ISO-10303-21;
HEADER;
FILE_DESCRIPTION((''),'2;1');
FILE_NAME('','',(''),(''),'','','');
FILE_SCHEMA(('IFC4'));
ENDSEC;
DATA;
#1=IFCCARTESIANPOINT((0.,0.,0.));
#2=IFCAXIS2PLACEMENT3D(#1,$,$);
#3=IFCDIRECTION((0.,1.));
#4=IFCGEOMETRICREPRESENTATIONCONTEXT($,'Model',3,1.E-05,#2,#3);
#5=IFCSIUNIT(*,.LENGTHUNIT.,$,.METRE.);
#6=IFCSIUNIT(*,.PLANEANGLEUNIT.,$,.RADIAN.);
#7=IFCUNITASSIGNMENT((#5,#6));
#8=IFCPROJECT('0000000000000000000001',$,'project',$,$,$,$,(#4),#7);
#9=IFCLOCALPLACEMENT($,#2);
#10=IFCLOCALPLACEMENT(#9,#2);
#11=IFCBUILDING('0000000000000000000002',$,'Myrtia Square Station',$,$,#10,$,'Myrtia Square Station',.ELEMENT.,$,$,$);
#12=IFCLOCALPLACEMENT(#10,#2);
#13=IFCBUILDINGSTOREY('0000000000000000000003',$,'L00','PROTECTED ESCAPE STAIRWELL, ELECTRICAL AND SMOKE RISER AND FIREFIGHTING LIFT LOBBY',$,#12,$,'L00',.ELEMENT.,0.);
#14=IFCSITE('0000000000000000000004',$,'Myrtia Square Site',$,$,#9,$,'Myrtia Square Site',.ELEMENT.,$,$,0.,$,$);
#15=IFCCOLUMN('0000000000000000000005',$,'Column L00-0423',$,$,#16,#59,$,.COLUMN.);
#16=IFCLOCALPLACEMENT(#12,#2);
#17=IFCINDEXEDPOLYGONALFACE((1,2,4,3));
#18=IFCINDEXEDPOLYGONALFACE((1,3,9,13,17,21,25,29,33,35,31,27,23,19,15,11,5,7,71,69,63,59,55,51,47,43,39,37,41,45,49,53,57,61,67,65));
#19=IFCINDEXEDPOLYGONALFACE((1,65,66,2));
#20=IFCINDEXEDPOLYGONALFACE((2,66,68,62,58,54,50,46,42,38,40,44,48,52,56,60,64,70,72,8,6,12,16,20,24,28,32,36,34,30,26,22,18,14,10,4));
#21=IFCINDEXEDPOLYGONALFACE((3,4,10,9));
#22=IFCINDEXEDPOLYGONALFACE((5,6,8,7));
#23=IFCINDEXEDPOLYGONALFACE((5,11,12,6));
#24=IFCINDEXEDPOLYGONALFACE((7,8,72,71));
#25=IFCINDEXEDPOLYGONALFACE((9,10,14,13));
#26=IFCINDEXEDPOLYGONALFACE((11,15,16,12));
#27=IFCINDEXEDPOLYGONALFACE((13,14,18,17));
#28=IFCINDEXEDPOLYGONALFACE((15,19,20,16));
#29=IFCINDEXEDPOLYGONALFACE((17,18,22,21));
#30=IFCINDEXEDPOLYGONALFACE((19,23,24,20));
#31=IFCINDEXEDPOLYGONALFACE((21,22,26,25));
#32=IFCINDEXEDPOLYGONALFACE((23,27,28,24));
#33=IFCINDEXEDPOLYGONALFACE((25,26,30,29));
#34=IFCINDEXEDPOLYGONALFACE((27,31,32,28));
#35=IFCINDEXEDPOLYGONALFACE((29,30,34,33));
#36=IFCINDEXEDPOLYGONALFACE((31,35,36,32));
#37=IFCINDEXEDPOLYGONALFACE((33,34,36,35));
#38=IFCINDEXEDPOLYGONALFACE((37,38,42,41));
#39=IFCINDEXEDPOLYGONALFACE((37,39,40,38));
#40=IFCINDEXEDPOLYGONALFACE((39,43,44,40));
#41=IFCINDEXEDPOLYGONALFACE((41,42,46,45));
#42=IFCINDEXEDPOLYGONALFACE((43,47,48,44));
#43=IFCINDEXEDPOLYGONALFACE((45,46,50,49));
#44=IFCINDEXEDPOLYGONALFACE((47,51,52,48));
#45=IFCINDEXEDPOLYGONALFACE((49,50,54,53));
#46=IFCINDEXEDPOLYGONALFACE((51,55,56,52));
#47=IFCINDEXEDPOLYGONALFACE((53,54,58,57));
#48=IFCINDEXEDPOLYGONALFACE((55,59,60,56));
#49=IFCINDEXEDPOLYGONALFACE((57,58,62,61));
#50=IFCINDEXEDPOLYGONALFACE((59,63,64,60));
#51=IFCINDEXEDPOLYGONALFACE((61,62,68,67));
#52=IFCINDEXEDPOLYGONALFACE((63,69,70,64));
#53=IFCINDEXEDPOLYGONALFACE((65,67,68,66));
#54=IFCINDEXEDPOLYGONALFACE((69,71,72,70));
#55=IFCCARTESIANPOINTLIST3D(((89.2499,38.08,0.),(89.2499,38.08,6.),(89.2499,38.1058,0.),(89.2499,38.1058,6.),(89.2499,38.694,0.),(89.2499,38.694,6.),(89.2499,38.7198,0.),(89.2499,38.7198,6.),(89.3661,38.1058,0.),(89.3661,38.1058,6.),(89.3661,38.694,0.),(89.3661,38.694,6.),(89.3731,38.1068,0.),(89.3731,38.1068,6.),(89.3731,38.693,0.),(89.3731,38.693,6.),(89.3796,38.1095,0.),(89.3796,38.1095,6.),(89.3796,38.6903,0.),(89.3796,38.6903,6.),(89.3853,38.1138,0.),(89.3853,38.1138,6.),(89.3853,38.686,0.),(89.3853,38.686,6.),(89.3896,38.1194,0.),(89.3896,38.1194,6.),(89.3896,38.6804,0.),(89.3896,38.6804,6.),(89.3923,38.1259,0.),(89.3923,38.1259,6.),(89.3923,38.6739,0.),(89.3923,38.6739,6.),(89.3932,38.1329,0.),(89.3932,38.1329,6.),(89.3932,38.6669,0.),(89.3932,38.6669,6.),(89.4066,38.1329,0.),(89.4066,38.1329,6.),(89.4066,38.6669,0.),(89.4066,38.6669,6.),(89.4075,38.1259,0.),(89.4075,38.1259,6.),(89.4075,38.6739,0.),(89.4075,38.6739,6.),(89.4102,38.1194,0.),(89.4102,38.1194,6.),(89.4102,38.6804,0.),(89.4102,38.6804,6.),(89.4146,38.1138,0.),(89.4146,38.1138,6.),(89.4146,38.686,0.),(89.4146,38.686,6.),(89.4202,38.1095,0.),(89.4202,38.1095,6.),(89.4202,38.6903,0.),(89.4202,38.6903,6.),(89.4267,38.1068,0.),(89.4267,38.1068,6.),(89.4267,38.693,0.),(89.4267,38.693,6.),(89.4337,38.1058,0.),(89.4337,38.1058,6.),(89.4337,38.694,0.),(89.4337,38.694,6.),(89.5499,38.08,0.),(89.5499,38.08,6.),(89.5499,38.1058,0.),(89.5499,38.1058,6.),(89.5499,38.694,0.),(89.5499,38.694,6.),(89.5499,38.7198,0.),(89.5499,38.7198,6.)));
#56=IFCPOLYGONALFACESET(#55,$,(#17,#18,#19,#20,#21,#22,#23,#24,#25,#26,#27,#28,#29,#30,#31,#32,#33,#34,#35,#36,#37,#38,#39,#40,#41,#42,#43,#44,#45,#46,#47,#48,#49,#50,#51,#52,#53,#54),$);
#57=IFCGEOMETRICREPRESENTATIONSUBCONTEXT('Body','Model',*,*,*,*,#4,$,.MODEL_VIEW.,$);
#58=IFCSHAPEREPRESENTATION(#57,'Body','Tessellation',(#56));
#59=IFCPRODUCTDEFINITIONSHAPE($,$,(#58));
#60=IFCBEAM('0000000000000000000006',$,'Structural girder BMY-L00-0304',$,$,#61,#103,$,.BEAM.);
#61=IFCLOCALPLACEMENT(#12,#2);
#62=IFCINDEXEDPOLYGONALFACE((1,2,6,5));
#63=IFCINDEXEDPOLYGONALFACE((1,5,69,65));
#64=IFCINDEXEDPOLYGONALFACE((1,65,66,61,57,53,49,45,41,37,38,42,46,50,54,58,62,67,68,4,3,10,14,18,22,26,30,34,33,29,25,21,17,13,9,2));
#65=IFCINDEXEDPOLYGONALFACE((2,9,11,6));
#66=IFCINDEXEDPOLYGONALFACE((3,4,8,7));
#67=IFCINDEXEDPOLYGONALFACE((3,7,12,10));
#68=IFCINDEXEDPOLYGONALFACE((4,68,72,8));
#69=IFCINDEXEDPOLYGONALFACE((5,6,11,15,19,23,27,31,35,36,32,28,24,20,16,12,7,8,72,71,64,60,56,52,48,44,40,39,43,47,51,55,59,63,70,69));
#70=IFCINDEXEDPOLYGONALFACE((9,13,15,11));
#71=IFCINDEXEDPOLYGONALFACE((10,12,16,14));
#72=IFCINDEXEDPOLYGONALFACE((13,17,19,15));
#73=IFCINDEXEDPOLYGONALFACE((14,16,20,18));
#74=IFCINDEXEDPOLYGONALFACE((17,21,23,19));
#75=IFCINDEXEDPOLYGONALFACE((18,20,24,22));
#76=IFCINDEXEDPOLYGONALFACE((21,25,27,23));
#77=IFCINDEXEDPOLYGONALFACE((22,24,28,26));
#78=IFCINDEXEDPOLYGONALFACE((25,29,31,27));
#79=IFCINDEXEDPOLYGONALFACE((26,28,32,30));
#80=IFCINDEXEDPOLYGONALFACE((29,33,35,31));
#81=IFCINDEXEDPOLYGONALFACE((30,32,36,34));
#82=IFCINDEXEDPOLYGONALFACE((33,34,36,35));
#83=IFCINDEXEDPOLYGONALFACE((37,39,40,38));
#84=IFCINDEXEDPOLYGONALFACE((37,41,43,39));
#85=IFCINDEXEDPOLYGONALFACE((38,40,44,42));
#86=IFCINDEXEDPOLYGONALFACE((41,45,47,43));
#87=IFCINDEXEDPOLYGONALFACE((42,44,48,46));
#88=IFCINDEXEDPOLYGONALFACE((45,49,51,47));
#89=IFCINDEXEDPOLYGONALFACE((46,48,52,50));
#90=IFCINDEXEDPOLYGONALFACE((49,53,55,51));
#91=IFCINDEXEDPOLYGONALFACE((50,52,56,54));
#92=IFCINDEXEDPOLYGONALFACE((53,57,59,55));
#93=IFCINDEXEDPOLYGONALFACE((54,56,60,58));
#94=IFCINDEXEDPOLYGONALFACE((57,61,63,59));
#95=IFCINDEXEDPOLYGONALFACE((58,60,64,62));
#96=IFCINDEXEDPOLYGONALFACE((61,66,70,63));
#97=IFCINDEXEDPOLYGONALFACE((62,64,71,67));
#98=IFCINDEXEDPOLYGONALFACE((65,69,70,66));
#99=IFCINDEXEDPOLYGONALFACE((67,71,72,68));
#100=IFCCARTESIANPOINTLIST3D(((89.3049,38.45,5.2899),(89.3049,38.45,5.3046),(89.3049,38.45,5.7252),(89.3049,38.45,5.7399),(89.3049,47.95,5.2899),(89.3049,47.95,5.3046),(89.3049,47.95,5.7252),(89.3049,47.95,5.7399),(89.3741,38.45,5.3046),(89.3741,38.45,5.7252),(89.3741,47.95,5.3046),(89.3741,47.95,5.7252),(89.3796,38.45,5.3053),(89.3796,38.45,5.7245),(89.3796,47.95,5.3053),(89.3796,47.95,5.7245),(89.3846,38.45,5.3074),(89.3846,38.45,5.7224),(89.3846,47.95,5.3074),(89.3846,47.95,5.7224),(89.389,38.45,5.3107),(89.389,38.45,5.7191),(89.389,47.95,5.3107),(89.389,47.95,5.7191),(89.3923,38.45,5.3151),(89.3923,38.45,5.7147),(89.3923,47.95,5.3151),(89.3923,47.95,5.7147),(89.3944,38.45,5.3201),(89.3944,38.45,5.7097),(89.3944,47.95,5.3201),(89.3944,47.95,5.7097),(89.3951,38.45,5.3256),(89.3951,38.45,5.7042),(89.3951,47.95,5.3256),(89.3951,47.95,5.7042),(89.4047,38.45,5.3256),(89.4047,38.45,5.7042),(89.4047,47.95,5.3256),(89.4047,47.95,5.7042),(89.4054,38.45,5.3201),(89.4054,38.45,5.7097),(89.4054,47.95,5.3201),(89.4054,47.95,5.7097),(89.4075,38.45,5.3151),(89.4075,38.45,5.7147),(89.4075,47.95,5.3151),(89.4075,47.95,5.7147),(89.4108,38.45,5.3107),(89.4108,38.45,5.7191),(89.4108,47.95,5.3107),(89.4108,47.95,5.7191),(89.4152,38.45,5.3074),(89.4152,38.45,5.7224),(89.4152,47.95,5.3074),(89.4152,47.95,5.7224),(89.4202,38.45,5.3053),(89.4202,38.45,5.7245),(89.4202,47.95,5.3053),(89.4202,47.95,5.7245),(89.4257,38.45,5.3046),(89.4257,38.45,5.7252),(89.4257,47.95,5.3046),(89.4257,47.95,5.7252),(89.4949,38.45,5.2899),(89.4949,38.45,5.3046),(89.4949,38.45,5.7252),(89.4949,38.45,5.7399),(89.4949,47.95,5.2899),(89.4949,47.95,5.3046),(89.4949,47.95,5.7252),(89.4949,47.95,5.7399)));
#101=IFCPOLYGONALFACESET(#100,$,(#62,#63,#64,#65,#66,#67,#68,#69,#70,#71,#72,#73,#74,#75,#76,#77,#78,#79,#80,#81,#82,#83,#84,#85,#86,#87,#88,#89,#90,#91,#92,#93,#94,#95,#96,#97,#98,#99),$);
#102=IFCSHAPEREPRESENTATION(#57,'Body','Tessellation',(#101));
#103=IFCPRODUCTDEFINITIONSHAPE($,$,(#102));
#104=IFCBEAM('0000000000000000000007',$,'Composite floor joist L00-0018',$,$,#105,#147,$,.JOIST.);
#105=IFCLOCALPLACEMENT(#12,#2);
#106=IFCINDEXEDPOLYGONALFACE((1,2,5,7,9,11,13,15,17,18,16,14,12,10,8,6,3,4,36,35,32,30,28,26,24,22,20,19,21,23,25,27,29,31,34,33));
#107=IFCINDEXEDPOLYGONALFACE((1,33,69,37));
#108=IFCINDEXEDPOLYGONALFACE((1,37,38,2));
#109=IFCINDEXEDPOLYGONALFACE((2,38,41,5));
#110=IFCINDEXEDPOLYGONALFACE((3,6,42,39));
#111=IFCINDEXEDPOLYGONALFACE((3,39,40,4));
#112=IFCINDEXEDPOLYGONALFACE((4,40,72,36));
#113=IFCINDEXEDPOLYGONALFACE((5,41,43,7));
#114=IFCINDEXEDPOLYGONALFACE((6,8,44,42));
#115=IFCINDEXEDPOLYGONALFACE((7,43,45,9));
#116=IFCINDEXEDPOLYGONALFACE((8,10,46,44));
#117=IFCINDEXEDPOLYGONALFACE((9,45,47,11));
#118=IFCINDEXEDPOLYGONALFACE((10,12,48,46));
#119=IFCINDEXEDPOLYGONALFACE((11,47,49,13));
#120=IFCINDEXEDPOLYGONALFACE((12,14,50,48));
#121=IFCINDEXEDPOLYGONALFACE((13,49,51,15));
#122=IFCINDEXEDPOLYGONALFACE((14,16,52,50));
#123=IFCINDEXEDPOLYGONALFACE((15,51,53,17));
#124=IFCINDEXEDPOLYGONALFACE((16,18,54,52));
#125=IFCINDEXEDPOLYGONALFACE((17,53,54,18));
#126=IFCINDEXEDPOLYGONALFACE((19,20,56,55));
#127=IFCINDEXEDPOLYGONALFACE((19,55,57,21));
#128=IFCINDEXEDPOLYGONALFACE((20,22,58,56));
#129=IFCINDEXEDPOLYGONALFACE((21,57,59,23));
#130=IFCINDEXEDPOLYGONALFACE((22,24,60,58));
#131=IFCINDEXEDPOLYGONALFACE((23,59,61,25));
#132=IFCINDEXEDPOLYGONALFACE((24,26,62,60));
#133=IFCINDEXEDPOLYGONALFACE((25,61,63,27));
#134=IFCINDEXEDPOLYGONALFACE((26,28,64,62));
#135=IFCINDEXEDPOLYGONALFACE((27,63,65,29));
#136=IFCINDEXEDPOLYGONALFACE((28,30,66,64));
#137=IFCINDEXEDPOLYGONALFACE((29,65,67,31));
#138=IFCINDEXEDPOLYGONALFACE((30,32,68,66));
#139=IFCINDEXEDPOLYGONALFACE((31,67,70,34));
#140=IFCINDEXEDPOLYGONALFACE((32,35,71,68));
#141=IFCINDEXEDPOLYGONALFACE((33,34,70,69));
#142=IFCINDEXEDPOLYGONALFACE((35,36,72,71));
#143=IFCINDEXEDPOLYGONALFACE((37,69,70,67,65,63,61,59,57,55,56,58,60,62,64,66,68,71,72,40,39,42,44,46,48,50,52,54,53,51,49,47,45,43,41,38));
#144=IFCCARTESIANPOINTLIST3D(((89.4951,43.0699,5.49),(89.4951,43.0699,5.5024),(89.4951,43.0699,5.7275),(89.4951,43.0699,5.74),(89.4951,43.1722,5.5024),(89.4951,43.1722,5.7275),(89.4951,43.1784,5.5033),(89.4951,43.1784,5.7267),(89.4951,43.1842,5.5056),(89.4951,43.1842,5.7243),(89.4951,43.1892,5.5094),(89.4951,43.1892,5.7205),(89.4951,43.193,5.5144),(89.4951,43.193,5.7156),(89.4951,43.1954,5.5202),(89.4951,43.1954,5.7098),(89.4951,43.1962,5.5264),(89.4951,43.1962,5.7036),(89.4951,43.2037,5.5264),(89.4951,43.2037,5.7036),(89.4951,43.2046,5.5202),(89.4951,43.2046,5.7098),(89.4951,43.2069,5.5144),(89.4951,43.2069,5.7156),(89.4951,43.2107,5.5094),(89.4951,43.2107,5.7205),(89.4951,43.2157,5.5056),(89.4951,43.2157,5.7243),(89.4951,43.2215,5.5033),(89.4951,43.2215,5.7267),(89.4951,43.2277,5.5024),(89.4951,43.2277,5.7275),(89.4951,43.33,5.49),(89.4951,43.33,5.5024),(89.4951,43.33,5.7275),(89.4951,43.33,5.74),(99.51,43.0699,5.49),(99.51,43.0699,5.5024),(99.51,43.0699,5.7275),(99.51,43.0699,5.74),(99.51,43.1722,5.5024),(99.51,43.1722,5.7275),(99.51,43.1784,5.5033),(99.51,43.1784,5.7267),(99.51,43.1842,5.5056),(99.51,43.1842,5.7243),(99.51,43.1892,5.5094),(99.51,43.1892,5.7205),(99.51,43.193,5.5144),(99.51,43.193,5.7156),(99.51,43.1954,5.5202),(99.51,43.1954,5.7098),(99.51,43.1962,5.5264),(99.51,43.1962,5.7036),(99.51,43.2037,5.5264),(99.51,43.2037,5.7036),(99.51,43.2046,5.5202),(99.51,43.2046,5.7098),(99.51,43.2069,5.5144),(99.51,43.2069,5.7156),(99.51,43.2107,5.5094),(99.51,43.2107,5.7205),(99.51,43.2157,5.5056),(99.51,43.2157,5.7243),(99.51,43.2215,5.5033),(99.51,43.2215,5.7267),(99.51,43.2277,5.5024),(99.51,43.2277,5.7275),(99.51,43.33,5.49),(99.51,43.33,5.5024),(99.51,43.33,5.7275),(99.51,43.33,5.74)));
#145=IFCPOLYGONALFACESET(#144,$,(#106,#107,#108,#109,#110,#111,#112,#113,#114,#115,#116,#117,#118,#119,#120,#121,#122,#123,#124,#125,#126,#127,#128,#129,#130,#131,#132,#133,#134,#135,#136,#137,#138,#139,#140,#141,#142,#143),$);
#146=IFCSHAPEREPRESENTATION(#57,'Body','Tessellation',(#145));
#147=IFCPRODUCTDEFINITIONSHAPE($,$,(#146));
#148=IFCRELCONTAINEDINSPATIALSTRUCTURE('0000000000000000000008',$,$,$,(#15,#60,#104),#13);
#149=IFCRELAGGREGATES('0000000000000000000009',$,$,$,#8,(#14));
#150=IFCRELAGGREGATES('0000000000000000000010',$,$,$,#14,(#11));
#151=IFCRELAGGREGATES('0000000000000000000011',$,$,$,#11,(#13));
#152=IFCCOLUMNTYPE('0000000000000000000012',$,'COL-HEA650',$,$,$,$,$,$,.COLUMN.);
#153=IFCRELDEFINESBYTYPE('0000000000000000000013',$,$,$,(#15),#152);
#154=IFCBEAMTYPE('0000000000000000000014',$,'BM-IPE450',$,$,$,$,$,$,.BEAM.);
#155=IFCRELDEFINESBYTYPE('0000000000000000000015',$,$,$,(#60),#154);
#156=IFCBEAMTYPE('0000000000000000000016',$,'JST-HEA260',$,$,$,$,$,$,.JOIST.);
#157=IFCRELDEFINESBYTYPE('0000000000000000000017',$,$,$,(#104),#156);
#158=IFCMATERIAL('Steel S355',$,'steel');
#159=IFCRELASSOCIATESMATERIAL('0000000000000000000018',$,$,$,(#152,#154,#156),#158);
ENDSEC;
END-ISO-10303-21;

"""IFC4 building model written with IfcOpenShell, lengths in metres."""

from ifc_helpers import new_model, si_unit, direction, frame, origin, origin_2d, place, context, subcontext, project, spatial, i_section, extrude, material, material_profile, profile_set, type_object, element, save


model = new_model("IFC4")

# Units and contexts
model_context = context("Model", 3, precision=1e-05, world=origin(), true_north=direction((0.0, 1.0)))
body_context = subcontext(model_context, "Body", "Model", "MODEL_VIEW")
ifc_project = project(units=[si_unit("LENGTHUNIT", "METRE"), si_unit("PLANEANGLEUNIT", "RADIAN")], contexts=[model_context])

# Site, building, storey
site_placement = place(None, origin())
site = spatial("IfcSite", under=ifc_project, at=site_placement, Name="Myrtia Square Site", LongName="Myrtia Square Site", CompositionType="ELEMENT", RefElevation=0.0)
building_placement = place(site_placement, origin())
building = spatial("IfcBuilding", under=site, at=building_placement, Name="Myrtia Square Station", LongName="Myrtia Square Station", CompositionType="ELEMENT")
storey_placement = place(building_placement, origin())
storey = spatial("IfcBuildingStorey", under=building, at=storey_placement, Name="L00", Description="PROTECTED ESCAPE STAIRWELL, ELECTRICAL AND SMOKE RISER AND FIREFIGHTING LIFT LOBBY", LongName="L00", CompositionType="ELEMENT", Elevation=0.0)

# Column
ifc_material_1 = material(Name="Steel S355", Category="steel")
ifc_material_profile_1 = material_profile(ifc_material_1, i_section(OverallWidth=0.3, OverallDepth=0.6399, WebThickness=0.0134, FlangeThickness=0.0259, FilletRadius=0.0271, at=origin_2d()), Name="HEA 650")
ifc_profile_set_1 = profile_set([ifc_material_profile_1], Name="Steel S355")
column_type = type_object("IfcColumnType", Name="COL-HEA650", PredefinedType="COLUMN", material=ifc_profile_set_1)
column_placement = place(storey_placement, frame((89.3999, 38.3999, 0.0), z_axis=(0.0, 0.0, 1.0), x_axis=(1.0, 0.0, 0.0)))
element("IfcColumn", 1, at=column_placement, inside=storey, type_object=column_type, Name="Column L00-0423", PredefinedType="COLUMN", context=body_context, shape_type="SweptSolid", body=[
    extrude(i_section(OverallWidth=0.3, OverallDepth=0.6399, WebThickness=0.0134, FlangeThickness=0.0259, FilletRadius=0.0271, at=origin_2d()), origin(), (0.0, 0.0, 1.0), 6.0),
])

# Beams
ifc_material_profile_2 = material_profile(ifc_material_1, i_section(OverallWidth=0.1899, OverallDepth=0.45, WebThickness=0.0095, FlangeThickness=0.0146, FilletRadius=0.021, at=origin_2d()), Name="IPE 450")
ifc_profile_set_2 = profile_set([ifc_material_profile_2], Name="Steel S355")
beam_type_1 = type_object("IfcBeamType", Name="BM-IPE450", PredefinedType="BEAM", material=ifc_profile_set_2)
beam_1_placement = place(storey_placement, frame((89.3999, 38.45, 5.5149), z_axis=(0.0, 1.0, 0.0), x_axis=(-1.0, 0.0, 0.0)))
element("IfcBeam", 2, at=beam_1_placement, inside=storey, type_object=beam_type_1, Name="Structural girder BMY-L00-0304", PredefinedType="BEAM", context=body_context, shape_type="SweptSolid", body=[
    extrude(i_section(OverallWidth=0.1899, OverallDepth=0.45, WebThickness=0.0095, FlangeThickness=0.0146, FilletRadius=0.021, at=origin_2d()), origin(), (0.0, 0.0, 1.0), 9.5),
])
ifc_material_profile_3 = material_profile(ifc_material_1, i_section(OverallWidth=0.26, OverallDepth=0.25, WebThickness=0.0076, FlangeThickness=0.0125, FilletRadius=0.0239, at=origin_2d()), Name="HEA 260")
ifc_profile_set_3 = profile_set([ifc_material_profile_3], Name="Steel S355")
beam_type_2 = type_object("IfcBeamType", Name="JST-HEA260", PredefinedType="JOIST", material=ifc_profile_set_3)
beam_2_placement = place(storey_placement, frame((89.4951, 43.2, 5.615), z_axis=(1.0, 0.0, 0.0), x_axis=(0.0, 1.0, 0.0)))
element("IfcBeam", 3, at=beam_2_placement, inside=storey, type_object=beam_type_2, Name="Composite floor joist L00-0018", PredefinedType="JOIST", context=body_context, shape_type="SweptSolid", body=[
    extrude(i_section(OverallWidth=0.26, OverallDepth=0.25, WebThickness=0.0076, FlangeThickness=0.0125, FilletRadius=0.0239, at=origin_2d()), origin(), (0.0, 0.0, 1.0), 10.0149),
])

save(model, "model.ifc")
